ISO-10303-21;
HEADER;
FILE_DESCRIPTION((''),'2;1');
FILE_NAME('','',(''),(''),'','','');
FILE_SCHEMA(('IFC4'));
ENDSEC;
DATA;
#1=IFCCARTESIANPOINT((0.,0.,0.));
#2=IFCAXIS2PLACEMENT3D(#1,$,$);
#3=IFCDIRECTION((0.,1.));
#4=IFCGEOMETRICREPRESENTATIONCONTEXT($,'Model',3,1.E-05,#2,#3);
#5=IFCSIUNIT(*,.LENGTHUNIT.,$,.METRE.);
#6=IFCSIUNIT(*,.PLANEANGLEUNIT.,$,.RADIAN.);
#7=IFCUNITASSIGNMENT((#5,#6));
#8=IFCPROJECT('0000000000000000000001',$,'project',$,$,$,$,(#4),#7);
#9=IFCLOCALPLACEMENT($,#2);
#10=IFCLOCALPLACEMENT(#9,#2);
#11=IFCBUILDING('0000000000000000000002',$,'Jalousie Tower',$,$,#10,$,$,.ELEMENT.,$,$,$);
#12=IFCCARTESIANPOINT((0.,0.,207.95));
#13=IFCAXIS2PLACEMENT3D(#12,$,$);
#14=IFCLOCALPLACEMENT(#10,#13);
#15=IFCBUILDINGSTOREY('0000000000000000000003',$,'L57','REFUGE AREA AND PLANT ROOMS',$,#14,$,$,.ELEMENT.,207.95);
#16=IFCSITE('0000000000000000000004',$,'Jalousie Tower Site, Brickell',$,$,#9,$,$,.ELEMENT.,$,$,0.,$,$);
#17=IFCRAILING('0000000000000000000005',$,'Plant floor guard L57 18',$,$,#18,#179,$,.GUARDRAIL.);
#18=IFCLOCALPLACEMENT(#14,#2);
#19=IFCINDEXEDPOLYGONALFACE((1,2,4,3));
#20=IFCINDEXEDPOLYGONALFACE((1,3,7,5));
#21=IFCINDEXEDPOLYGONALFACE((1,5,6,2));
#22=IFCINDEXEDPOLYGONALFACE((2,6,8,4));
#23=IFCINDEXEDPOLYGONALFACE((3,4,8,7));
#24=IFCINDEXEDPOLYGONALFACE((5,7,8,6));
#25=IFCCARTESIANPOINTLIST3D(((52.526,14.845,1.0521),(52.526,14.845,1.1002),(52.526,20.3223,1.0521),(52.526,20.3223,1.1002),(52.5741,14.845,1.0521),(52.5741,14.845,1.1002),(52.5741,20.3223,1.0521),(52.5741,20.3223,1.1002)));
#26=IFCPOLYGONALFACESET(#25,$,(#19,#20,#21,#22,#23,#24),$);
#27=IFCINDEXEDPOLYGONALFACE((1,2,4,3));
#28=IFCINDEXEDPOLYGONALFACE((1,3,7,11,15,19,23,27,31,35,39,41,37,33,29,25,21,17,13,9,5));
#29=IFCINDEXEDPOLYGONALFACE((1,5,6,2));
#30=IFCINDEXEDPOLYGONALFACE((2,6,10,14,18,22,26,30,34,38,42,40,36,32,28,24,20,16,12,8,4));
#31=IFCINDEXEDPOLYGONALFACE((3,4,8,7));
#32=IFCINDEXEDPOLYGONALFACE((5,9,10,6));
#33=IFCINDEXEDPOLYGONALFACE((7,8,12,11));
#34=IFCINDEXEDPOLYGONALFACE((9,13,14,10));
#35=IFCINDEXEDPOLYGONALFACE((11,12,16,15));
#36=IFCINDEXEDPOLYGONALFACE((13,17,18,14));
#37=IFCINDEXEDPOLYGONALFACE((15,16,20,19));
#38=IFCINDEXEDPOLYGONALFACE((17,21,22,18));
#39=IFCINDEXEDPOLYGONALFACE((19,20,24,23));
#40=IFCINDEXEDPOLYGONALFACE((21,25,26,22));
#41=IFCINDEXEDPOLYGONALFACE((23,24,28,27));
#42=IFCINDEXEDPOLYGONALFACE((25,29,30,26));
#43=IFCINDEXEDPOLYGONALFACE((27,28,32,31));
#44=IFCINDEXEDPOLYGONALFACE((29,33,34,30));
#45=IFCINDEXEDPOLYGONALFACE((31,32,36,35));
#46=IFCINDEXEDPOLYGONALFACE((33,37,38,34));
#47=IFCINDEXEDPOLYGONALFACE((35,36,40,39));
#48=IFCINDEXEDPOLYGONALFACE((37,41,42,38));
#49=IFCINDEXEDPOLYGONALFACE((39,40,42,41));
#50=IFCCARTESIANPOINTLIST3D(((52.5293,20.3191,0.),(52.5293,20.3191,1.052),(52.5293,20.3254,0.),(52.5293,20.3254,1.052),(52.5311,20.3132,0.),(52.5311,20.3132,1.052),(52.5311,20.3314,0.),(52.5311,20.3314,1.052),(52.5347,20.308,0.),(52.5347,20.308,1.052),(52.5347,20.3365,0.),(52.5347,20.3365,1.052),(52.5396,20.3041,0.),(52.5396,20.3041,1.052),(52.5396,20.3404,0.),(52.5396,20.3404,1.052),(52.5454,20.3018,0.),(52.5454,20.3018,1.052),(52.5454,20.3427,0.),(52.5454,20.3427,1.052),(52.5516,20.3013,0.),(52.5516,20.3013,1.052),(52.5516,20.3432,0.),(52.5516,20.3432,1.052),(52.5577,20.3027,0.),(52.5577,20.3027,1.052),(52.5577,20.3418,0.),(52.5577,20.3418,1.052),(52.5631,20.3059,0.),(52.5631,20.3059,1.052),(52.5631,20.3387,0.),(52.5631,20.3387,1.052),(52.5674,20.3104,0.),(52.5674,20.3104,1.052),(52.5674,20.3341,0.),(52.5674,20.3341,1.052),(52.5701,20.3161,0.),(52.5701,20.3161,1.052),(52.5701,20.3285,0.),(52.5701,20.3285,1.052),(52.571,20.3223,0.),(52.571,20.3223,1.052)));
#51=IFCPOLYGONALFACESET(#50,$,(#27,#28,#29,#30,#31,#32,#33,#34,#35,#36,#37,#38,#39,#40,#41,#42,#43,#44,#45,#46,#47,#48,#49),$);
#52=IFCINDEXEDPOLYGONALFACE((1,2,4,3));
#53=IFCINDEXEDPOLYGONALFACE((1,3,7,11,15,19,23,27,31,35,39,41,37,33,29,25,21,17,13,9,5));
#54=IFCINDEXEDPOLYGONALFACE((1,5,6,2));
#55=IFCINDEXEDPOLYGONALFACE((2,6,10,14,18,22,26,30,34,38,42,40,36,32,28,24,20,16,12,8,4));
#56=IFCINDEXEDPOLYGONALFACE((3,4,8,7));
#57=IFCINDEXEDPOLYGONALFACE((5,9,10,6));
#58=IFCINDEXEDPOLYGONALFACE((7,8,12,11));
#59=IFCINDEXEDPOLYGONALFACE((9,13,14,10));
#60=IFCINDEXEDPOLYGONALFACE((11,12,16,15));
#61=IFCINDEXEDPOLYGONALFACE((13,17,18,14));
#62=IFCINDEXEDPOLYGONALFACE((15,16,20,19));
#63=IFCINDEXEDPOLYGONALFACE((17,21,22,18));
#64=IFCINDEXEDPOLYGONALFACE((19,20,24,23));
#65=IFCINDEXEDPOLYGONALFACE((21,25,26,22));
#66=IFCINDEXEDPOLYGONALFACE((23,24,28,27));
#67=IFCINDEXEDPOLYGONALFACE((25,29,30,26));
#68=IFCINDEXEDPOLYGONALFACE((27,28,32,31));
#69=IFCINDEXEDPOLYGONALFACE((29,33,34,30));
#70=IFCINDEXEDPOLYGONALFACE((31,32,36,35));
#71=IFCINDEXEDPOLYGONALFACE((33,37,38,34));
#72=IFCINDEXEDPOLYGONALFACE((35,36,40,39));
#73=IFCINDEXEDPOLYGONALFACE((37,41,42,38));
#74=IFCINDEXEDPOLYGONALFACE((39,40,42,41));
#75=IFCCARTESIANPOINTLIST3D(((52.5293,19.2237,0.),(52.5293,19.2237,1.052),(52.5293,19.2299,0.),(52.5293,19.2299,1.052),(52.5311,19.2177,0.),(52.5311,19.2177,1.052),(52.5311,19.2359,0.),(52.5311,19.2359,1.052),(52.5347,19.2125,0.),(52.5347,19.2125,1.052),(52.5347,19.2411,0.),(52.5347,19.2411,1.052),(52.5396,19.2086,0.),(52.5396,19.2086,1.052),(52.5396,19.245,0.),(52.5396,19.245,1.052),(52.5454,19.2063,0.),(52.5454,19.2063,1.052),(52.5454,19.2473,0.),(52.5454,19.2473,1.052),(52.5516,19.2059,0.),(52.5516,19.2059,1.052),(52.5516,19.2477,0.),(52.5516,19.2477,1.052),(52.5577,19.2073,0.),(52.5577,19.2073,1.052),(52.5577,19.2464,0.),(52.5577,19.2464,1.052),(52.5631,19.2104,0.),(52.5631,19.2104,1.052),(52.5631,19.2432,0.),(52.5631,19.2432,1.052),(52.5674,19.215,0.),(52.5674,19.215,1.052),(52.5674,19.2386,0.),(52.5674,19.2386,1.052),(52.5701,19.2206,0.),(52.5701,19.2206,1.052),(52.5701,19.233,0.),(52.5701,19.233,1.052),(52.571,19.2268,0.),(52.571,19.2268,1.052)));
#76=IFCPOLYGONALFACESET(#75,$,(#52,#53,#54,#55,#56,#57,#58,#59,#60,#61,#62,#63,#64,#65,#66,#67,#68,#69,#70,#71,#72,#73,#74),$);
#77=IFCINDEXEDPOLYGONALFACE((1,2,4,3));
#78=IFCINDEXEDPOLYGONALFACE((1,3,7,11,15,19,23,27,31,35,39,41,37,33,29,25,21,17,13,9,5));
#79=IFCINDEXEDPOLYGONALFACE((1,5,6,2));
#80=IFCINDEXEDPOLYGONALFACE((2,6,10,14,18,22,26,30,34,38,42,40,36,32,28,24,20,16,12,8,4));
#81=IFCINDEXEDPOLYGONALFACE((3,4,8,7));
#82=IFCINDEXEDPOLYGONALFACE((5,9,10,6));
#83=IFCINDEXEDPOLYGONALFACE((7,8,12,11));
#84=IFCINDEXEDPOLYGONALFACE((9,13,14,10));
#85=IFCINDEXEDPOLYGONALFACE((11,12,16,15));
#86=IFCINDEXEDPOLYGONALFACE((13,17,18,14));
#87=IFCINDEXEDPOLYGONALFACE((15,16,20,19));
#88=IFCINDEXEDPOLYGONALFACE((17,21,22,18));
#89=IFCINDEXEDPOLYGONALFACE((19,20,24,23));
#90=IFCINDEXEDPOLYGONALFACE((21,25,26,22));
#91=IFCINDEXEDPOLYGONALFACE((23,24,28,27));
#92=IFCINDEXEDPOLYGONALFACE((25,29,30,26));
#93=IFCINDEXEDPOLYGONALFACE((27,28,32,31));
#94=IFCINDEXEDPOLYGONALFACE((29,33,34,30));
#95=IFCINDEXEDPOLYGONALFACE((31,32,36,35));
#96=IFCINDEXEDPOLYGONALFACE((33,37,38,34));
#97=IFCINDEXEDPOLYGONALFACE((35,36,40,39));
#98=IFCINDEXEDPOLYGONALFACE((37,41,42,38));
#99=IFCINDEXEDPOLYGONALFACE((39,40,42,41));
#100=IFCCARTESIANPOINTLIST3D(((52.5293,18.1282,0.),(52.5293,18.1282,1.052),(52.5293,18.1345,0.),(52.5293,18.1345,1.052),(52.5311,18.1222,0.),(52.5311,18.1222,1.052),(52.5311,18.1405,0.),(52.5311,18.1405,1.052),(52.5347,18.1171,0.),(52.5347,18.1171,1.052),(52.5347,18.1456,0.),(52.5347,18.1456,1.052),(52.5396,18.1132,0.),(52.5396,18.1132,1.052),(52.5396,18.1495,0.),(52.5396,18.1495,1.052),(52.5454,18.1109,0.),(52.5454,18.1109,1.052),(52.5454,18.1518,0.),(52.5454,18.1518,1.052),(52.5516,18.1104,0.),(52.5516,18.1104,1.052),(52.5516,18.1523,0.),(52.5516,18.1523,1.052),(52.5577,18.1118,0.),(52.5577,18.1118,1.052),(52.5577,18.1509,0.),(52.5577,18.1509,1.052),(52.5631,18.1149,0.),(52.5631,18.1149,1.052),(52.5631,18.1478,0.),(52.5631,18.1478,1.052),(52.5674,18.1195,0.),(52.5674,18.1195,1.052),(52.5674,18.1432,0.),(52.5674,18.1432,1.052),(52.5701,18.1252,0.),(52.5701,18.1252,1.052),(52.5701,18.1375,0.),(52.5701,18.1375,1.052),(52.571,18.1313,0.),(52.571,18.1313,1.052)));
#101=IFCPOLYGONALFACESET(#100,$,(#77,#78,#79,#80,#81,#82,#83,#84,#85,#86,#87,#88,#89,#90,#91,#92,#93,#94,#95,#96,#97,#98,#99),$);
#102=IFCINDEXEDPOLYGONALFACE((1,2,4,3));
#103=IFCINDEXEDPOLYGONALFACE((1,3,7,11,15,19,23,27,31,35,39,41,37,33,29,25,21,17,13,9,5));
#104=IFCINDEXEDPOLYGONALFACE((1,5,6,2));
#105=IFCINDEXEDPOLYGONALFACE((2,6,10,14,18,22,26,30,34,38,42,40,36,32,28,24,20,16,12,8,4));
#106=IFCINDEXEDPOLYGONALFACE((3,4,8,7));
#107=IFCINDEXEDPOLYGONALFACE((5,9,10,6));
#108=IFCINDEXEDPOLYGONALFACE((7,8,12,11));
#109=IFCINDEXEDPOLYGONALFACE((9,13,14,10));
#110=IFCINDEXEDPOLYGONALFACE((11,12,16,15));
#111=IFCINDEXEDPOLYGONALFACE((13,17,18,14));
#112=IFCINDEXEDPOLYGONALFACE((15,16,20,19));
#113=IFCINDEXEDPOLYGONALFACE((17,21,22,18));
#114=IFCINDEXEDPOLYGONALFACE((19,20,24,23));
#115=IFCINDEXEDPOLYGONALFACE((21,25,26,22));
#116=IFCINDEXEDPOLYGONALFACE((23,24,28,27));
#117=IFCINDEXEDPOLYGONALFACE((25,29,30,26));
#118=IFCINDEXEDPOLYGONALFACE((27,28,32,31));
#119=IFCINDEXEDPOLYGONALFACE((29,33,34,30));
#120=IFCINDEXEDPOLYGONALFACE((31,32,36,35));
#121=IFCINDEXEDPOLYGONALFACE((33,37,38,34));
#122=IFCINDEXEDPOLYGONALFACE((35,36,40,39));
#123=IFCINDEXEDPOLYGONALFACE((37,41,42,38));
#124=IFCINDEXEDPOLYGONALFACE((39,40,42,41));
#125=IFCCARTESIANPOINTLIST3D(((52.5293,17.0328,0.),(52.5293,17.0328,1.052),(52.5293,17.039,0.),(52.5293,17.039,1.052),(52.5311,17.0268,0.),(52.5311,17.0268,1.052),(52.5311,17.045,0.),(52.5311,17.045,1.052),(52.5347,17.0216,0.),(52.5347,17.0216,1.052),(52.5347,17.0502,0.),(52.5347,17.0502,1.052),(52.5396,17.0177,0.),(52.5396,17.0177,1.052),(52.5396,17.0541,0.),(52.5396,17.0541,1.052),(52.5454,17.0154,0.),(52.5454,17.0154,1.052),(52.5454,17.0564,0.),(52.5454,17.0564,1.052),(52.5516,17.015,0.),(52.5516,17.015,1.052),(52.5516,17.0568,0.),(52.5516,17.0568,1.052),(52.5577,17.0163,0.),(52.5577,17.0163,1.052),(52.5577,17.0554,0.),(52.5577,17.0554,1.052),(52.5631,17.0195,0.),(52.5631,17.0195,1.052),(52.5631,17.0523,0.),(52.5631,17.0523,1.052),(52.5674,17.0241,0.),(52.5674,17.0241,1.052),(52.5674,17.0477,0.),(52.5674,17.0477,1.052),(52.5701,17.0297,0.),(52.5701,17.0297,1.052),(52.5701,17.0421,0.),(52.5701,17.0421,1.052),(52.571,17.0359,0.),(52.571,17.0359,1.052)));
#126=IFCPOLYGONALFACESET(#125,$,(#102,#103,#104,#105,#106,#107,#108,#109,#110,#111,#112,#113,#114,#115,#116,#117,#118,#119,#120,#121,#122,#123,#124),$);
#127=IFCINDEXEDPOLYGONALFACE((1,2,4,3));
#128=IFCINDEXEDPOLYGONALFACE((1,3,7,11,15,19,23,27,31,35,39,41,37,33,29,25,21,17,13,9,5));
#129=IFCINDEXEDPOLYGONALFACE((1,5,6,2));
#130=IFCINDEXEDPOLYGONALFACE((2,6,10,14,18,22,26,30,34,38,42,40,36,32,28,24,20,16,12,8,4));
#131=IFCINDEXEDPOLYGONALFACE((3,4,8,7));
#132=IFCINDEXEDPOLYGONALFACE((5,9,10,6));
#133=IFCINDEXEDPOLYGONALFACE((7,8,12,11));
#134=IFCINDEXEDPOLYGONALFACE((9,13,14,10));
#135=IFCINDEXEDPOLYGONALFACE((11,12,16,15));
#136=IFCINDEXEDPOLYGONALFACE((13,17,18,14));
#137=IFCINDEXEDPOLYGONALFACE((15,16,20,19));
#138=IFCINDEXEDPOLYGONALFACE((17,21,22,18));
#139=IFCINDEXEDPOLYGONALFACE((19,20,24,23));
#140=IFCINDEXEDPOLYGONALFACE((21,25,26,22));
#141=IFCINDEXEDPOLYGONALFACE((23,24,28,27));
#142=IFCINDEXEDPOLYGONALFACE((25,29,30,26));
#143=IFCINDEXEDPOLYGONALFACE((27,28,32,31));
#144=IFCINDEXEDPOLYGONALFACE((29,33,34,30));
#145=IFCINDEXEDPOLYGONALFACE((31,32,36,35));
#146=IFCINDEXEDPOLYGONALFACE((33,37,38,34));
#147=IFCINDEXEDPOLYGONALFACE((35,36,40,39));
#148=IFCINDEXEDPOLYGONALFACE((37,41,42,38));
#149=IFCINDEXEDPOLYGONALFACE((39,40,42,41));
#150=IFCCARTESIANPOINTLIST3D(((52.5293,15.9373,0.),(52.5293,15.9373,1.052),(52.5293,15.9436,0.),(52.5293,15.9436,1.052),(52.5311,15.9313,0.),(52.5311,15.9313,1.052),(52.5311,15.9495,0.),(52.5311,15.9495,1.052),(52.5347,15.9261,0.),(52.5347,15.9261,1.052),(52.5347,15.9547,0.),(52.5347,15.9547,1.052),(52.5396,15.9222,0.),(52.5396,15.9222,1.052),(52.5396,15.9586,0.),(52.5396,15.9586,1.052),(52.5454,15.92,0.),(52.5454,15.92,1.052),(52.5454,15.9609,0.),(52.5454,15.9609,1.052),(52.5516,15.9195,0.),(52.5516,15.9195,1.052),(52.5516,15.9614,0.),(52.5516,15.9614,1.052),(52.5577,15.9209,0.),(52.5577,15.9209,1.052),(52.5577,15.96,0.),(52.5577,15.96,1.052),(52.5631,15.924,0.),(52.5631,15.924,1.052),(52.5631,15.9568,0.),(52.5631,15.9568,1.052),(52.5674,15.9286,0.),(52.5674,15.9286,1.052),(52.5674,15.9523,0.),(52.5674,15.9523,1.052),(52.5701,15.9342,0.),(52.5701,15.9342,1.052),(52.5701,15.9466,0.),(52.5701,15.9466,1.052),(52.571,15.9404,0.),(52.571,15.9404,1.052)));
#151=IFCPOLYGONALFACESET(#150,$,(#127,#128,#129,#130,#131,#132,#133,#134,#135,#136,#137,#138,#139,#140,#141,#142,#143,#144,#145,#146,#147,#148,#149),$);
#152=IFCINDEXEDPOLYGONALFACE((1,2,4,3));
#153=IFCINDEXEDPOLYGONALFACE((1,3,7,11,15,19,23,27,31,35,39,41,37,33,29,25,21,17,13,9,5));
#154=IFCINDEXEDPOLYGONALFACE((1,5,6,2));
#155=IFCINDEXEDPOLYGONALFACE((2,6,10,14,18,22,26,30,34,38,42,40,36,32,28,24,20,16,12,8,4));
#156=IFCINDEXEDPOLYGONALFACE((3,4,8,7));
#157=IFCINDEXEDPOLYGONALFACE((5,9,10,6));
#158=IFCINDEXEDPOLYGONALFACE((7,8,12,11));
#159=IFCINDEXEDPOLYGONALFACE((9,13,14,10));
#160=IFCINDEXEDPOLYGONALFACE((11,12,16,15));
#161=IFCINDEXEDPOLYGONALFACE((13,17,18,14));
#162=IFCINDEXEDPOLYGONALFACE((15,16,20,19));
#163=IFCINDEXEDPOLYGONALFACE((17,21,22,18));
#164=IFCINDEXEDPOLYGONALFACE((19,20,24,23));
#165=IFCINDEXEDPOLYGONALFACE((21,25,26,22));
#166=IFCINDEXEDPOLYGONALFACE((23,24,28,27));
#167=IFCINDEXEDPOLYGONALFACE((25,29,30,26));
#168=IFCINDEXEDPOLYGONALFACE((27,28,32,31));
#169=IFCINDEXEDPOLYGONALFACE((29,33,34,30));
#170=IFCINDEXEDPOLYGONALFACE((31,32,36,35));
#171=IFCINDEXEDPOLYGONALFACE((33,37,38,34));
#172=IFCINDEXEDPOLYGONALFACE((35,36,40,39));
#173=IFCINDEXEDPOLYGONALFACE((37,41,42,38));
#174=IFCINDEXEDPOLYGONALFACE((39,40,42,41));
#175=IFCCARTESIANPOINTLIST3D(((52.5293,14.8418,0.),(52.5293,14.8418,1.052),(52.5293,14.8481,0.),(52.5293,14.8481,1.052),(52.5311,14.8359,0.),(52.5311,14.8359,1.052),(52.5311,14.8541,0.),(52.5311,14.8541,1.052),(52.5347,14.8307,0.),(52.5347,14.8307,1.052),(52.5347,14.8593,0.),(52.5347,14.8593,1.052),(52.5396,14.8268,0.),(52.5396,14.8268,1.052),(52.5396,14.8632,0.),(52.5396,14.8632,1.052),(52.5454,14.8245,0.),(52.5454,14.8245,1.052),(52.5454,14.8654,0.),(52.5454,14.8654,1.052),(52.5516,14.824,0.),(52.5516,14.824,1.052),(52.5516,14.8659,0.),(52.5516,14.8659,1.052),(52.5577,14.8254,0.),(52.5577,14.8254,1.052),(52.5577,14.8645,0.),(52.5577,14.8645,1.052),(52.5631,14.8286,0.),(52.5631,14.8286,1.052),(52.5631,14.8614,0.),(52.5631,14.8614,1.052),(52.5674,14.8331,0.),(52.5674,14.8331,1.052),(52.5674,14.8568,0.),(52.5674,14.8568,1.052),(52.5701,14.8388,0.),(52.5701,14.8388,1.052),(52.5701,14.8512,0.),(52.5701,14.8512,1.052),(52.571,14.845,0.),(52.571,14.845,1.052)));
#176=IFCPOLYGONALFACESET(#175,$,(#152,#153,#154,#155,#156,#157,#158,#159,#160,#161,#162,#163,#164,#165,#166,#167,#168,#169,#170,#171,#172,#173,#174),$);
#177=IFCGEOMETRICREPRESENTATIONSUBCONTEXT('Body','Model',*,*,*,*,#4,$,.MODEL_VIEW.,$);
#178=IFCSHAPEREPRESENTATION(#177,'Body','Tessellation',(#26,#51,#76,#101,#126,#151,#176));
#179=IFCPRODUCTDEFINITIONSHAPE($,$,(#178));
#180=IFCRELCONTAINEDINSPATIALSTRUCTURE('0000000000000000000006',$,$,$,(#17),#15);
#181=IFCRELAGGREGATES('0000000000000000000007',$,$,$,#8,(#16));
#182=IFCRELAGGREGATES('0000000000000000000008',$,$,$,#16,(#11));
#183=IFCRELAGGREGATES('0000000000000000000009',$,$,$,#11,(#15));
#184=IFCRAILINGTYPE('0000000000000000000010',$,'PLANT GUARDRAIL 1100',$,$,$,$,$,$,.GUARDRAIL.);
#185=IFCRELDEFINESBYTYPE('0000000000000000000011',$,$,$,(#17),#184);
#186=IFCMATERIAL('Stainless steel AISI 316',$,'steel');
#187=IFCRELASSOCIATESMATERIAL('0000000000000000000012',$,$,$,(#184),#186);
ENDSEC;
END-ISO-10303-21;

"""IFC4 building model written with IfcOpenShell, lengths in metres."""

from ifc_helpers import new_model, si_unit, direction, frame, origin, origin_2d, place, context, subcontext, project, spatial, rectangle, circle, extrude, material, type_object, element, save


model = new_model("IFC4")

# Units and contexts
model_context = context("Model", 3, precision=1e-05, world=origin(), true_north=direction((0.0, 1.0)))
body_context = subcontext(model_context, "Body", "Model", "MODEL_VIEW")
ifc_project = project(units=[si_unit("LENGTHUNIT", "METRE"), si_unit("PLANEANGLEUNIT", "RADIAN")], contexts=[model_context])

# Site, building, storey
site_placement = place(None, origin())
site = spatial("IfcSite", under=ifc_project, at=site_placement, Name="Jalousie Tower Site, Brickell", CompositionType="ELEMENT", RefElevation=0.0)
building_placement = place(site_placement, origin())
building = spatial("IfcBuilding", under=site, at=building_placement, Name="Jalousie Tower", CompositionType="ELEMENT")
storey_placement = place(building_placement, frame((0.0, 0.0, 207.95)))
storey = spatial("IfcBuildingStorey", under=building, at=storey_placement, Name="L57", Description="REFUGE AREA AND PLANT ROOMS", CompositionType="ELEMENT", Elevation=207.95)

# Railing
ifc_material_1 = material(Name="Stainless steel AISI 316", Category="steel")
railing_type_1 = type_object("IfcRailingType", Name="PLANT GUARDRAIL 1100", PredefinedType="GUARDRAIL", material=ifc_material_1)
railing_1_placement = place(storey_placement, frame((52.55, 20.3223, 0.0)))
element("IfcRailing", 1, at=railing_1_placement, inside=storey, type_object=railing_type_1, Name="Plant floor guard L57 18", PredefinedType="GUARDRAIL", context=body_context, shape_type="SweptSolid", body=[
    extrude(rectangle(XDim=0.0481, YDim=0.0481, at=origin_2d()), frame((0.0, 0.0, 1.0762), z_axis=(0.0, -1.0, 0.0), x_axis=(1.0, 0.0, 0.0)), (0.0, 0.0, 1.0), 5.4773),
    extrude(circle(Radius=0.021, at=origin_2d()), origin(), (0.0, 0.0, 1.0), 1.052),
    extrude(circle(Radius=0.021, at=origin_2d()), frame((0.0, -1.0955, 0.0)), (0.0, 0.0, 1.0), 1.052),
    extrude(circle(Radius=0.021, at=origin_2d()), frame((0.0, -2.1909, 0.0)), (0.0, 0.0, 1.0), 1.052),
    extrude(circle(Radius=0.021, at=origin_2d()), frame((0.0, -3.2864, 0.0)), (0.0, 0.0, 1.0), 1.052),
    extrude(circle(Radius=0.021, at=origin_2d()), frame((0.0, -4.3818, 0.0)), (0.0, 0.0, 1.0), 1.052),
    extrude(circle(Radius=0.021, at=origin_2d()), frame((0.0, -5.4773, 0.0)), (0.0, 0.0, 1.0), 1.052),
])

save(model, "model.ifc")
